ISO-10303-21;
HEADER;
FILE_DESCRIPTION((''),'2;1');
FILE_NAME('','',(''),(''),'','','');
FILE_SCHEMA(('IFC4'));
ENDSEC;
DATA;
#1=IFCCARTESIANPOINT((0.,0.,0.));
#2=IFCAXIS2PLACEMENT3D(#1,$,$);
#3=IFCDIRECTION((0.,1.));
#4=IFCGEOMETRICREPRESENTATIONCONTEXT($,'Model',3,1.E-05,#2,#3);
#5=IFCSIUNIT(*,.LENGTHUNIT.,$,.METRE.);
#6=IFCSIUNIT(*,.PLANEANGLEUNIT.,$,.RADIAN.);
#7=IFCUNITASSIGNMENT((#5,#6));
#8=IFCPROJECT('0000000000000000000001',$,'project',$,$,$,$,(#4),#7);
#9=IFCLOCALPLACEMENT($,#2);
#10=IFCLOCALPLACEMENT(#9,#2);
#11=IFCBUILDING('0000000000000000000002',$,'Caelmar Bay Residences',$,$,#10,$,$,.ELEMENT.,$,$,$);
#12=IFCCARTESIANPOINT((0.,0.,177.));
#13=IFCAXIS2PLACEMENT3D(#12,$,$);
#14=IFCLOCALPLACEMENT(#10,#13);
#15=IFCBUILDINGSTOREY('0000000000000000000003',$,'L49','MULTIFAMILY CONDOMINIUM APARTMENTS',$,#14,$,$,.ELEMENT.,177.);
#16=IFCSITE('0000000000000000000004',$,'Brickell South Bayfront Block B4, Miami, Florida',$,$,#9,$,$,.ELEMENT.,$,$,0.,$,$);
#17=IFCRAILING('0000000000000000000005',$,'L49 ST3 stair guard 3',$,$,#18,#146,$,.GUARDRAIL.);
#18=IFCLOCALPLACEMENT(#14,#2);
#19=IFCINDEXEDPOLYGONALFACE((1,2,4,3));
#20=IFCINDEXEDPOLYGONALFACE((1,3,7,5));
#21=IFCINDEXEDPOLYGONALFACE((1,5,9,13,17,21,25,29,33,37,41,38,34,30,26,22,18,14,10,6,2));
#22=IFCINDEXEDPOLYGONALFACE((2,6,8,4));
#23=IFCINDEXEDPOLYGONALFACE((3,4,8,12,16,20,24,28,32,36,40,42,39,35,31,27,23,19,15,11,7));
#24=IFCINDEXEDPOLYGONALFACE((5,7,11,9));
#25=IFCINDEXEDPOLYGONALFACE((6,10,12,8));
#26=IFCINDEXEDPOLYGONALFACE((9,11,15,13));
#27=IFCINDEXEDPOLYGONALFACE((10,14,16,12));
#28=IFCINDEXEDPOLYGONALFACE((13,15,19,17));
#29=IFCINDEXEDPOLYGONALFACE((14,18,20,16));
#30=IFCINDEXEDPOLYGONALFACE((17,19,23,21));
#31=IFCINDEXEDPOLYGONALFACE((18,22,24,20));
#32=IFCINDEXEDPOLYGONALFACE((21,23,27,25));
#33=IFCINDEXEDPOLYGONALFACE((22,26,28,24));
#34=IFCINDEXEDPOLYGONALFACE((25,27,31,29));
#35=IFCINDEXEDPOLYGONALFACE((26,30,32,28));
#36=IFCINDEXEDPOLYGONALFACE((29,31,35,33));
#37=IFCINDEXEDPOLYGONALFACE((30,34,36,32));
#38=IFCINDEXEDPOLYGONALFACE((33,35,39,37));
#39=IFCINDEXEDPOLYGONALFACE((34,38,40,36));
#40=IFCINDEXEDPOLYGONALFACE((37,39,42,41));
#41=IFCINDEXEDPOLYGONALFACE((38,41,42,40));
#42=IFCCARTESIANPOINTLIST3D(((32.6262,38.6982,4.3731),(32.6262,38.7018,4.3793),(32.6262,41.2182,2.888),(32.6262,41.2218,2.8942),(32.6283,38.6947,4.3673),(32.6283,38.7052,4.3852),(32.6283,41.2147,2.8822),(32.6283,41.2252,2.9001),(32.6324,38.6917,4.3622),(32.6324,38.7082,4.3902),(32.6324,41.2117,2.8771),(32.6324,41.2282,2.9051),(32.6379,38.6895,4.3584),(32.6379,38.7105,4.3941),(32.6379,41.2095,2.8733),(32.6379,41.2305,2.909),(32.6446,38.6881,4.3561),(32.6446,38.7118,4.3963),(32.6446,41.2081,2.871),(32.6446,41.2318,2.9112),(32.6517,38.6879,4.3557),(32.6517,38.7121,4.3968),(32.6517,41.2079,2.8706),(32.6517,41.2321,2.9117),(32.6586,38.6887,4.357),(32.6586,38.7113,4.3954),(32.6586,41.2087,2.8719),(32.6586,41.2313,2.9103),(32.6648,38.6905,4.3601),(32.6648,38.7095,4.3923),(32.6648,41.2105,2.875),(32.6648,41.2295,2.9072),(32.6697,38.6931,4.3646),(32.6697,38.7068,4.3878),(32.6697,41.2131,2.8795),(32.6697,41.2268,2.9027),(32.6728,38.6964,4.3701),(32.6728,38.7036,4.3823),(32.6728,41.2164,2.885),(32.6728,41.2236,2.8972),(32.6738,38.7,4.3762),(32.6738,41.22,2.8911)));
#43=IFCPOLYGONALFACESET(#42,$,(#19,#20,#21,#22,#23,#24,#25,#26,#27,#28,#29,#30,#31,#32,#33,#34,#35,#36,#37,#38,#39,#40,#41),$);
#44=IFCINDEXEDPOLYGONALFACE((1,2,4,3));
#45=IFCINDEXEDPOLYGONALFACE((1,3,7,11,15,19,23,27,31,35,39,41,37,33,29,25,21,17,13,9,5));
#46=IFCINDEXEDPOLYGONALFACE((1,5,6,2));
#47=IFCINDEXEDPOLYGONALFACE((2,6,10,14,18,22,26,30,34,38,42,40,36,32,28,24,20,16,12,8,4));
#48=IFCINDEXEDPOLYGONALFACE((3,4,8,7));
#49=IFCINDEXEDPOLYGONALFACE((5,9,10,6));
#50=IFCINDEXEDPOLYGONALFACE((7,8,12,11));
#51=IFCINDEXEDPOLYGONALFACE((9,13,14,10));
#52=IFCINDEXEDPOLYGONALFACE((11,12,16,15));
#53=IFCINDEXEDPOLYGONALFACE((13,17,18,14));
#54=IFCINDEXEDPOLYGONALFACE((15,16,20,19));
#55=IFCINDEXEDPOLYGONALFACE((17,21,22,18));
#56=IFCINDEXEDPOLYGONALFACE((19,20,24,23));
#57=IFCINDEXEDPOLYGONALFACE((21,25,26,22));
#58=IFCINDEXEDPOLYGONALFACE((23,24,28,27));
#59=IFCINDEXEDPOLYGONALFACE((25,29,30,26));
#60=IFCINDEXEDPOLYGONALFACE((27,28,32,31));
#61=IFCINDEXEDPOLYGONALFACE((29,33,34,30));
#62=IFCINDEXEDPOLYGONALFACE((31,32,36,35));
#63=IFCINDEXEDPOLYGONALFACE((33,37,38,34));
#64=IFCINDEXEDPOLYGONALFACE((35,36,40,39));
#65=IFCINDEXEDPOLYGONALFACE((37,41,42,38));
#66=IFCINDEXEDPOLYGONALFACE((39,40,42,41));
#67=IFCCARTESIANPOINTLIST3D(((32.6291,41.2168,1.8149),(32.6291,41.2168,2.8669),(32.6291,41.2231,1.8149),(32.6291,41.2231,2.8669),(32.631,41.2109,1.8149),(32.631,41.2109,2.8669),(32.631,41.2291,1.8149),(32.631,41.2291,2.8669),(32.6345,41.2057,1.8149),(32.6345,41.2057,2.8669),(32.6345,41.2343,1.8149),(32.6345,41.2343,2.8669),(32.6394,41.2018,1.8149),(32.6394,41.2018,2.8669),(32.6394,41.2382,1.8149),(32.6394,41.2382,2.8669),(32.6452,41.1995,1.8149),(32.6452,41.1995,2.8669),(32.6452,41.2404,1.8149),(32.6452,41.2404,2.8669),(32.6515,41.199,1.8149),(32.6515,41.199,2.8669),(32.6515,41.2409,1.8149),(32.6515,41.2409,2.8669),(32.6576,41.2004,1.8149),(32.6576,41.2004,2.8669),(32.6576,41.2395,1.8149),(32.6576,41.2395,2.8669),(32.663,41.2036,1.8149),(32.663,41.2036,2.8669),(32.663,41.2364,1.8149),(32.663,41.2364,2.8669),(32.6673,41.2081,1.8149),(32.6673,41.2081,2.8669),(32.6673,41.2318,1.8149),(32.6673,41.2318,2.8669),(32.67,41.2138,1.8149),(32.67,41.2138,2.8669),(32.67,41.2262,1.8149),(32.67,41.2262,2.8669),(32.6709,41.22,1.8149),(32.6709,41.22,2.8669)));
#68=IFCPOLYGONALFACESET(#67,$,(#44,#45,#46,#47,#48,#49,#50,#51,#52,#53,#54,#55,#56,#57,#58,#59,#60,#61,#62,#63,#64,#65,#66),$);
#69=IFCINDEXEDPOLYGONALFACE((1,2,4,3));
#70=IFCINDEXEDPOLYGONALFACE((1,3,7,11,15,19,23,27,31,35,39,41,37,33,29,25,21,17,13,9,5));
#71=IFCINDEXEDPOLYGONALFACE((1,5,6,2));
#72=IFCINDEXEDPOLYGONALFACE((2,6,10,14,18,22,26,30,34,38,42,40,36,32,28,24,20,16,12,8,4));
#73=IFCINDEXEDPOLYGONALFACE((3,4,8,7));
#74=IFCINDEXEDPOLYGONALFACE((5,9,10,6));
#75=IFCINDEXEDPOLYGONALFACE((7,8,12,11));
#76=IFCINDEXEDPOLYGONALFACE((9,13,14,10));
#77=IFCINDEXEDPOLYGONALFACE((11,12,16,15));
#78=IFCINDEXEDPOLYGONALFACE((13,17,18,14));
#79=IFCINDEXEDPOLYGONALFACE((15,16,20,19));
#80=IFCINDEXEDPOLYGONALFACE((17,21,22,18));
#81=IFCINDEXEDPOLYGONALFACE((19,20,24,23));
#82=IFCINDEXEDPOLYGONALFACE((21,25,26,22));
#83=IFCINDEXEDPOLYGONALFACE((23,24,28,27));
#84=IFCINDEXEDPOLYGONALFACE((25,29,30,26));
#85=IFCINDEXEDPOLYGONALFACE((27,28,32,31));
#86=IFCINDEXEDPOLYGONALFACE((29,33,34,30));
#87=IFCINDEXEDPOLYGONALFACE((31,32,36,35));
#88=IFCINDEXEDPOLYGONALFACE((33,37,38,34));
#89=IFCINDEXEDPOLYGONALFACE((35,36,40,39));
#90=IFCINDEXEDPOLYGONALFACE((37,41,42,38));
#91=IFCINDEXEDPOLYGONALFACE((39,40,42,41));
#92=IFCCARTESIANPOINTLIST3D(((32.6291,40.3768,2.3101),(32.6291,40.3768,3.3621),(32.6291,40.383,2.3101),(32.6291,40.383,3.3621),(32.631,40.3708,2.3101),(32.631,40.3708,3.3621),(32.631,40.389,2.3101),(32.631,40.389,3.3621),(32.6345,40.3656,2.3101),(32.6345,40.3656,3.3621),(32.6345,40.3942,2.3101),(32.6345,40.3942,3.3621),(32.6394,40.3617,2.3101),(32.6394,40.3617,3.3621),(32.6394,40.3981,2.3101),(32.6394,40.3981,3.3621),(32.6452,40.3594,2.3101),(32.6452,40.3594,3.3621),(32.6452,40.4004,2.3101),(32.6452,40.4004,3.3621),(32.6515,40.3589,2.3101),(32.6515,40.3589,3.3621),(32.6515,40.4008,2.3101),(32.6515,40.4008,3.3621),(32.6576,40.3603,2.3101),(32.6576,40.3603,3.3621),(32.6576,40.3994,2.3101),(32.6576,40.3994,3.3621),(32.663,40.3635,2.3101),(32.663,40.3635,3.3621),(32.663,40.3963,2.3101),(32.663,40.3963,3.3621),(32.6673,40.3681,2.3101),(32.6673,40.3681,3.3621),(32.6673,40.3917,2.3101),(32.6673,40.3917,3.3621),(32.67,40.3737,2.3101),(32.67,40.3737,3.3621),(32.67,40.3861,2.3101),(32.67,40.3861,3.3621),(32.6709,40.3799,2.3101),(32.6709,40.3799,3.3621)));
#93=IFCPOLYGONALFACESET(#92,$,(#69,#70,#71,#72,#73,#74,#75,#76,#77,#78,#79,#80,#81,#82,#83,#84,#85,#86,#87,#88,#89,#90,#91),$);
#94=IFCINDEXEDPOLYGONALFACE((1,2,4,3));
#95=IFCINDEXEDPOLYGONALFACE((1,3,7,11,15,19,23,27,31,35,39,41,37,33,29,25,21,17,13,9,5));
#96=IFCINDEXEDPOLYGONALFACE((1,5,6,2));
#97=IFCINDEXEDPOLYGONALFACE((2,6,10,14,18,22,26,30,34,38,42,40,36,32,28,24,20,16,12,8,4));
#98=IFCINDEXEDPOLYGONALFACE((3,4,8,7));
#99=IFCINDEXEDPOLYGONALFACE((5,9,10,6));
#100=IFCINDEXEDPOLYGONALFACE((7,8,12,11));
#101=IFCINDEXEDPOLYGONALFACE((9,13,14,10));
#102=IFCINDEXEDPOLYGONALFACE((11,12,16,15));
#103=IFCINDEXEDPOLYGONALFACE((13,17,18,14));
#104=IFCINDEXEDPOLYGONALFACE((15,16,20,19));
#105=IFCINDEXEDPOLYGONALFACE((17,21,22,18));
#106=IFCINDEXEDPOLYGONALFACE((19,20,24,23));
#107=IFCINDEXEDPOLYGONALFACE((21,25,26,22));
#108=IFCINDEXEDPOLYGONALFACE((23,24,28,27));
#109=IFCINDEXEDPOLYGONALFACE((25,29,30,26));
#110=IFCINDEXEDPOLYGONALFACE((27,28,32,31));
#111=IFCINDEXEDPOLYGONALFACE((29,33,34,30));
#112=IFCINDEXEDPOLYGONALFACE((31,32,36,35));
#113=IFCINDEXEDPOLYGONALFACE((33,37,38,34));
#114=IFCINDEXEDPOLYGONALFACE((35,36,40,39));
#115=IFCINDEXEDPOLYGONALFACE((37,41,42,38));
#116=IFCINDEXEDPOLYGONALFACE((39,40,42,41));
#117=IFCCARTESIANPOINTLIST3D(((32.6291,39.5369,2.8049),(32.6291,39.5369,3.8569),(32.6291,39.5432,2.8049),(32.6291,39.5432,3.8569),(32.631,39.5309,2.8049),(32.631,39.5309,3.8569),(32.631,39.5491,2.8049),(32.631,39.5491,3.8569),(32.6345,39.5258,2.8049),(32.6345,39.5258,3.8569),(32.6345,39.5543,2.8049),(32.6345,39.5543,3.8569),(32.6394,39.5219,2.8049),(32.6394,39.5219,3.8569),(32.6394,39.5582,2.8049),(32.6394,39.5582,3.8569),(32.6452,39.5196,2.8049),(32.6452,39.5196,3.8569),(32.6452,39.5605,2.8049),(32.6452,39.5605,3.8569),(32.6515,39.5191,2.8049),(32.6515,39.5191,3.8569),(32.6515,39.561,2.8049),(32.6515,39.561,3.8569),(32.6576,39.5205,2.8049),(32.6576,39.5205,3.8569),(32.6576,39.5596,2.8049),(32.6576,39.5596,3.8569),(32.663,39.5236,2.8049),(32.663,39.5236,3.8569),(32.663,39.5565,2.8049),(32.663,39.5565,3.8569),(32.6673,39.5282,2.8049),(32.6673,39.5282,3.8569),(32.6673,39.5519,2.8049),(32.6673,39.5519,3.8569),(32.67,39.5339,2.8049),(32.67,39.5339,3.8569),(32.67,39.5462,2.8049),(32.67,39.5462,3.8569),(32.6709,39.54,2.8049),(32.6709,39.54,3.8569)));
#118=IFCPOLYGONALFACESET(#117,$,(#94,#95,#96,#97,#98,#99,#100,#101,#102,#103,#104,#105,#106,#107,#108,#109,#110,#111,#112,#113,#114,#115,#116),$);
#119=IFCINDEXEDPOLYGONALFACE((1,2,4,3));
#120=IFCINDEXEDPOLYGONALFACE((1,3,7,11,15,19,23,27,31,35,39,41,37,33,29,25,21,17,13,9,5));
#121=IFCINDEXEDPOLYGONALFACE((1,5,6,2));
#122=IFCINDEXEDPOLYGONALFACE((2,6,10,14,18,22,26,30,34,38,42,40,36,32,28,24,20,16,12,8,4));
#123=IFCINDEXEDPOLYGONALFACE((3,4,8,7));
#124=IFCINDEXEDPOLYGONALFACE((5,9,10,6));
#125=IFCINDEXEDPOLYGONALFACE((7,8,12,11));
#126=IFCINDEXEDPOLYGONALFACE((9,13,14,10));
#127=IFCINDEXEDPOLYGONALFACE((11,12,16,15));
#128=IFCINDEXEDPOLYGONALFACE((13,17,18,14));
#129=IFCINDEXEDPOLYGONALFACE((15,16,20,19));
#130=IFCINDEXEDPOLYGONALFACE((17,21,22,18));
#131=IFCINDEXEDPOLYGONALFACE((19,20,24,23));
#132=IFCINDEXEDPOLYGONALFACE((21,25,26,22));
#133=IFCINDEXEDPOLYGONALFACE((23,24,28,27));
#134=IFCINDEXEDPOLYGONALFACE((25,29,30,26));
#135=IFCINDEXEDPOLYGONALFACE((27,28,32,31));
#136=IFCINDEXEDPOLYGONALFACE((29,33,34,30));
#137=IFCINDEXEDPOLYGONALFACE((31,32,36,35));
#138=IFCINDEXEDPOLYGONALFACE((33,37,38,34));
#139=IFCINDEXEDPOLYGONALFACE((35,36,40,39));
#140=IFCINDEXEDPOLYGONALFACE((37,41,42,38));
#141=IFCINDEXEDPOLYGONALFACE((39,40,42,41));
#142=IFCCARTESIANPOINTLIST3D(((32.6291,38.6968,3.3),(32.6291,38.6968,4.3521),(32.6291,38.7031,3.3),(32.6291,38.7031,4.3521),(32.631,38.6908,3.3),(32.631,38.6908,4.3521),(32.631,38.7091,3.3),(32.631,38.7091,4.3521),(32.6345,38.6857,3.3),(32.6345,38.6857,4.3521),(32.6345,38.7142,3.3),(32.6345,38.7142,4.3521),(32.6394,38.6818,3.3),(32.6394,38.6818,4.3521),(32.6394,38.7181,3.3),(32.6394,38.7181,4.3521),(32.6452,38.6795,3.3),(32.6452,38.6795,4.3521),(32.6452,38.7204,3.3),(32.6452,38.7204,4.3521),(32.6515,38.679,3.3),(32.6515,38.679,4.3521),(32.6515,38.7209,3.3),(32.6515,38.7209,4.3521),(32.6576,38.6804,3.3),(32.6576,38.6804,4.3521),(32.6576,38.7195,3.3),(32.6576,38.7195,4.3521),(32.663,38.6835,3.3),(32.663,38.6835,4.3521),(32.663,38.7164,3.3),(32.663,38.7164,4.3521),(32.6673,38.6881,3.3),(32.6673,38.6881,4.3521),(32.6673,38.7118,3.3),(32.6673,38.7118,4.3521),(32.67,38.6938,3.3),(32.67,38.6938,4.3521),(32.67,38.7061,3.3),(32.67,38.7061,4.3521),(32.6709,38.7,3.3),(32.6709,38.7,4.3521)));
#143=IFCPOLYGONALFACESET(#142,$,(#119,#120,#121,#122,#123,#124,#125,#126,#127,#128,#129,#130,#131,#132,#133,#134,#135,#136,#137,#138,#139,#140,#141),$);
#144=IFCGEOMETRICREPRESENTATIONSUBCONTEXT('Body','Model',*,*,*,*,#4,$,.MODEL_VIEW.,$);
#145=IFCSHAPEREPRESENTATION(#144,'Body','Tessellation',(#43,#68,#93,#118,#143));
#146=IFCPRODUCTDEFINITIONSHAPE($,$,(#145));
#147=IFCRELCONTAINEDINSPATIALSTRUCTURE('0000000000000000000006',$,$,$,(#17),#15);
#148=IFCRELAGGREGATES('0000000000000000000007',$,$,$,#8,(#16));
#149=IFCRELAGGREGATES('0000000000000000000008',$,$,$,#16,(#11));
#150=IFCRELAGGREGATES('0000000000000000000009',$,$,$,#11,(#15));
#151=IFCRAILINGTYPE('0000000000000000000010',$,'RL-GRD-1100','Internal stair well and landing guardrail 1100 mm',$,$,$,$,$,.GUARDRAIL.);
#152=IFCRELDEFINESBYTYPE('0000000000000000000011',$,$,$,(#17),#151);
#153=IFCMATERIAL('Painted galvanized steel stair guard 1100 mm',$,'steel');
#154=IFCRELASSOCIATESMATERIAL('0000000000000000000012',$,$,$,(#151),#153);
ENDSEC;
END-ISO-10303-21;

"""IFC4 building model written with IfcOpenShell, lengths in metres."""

from ifc_helpers import new_model, si_unit, direction, frame, origin, origin_2d, place, context, subcontext, project, spatial, circle, extrude, material, type_object, element, save


model = new_model("IFC4")

# Units and contexts
model_context = context("Model", 3, precision=1e-05, world=origin(), true_north=direction((0.0, 1.0)))
body_context = subcontext(model_context, "Body", "Model", "MODEL_VIEW")
ifc_project = project(units=[si_unit("LENGTHUNIT", "METRE"), si_unit("PLANEANGLEUNIT", "RADIAN")], contexts=[model_context])

# Site, building, storey
site_placement = place(None, origin())
site = spatial("IfcSite", under=ifc_project, at=site_placement, Name="Brickell South Bayfront Block B4, Miami, Florida", CompositionType="ELEMENT", RefElevation=0.0)
building_placement = place(site_placement, origin())
building = spatial("IfcBuilding", under=site, at=building_placement, Name="Caelmar Bay Residences", CompositionType="ELEMENT")
storey_placement = place(building_placement, frame((0.0, 0.0, 177.0)))
storey = spatial("IfcBuildingStorey", under=building, at=storey_placement, Name="L49", Description="MULTIFAMILY CONDOMINIUM APARTMENTS", CompositionType="ELEMENT", Elevation=177.0)

# Railing
ifc_material_1 = material(Name="Painted galvanized steel stair guard 1100 mm", Category="steel")
railing_type_1 = type_object("IfcRailingType", Name="RL-GRD-1100", Description="Internal stair well and landing guardrail 1100 mm", PredefinedType="GUARDRAIL", material=ifc_material_1)
railing_1_placement = place(storey_placement, frame((32.6499, 41.22, 1.8149)))
element("IfcRailing", 1, at=railing_1_placement, inside=storey, type_object=railing_type_1, Name="L49 ST3 stair guard 3", PredefinedType="GUARDRAIL", context=body_context, shape_type="SweptSolid", body=[
    extrude(circle(Radius=0.0239, at=origin_2d()), frame((0.0, 0.0, 1.0762), z_axis=(0.0, -0.861524, 0.507717), x_axis=(1.0, 0.0, 0.0)), (0.0, 0.0, 1.0), 2.925),
    extrude(circle(Radius=0.021, at=origin_2d()), origin(), (0.0, 0.0, 1.0), 1.052),
    extrude(circle(Radius=0.021, at=origin_2d()), frame((0.0, -0.8401, 0.4951)), (0.0, 0.0, 1.0), 1.052),
    extrude(circle(Radius=0.021, at=origin_2d()), frame((0.0, -1.6799, 0.99)), (0.0, 0.0, 1.0), 1.052),
    extrude(circle(Radius=0.021, at=origin_2d()), frame((0.0, -2.52, 1.4851)), (0.0, 0.0, 1.0), 1.052),
])

save(model, "model.ifc")
